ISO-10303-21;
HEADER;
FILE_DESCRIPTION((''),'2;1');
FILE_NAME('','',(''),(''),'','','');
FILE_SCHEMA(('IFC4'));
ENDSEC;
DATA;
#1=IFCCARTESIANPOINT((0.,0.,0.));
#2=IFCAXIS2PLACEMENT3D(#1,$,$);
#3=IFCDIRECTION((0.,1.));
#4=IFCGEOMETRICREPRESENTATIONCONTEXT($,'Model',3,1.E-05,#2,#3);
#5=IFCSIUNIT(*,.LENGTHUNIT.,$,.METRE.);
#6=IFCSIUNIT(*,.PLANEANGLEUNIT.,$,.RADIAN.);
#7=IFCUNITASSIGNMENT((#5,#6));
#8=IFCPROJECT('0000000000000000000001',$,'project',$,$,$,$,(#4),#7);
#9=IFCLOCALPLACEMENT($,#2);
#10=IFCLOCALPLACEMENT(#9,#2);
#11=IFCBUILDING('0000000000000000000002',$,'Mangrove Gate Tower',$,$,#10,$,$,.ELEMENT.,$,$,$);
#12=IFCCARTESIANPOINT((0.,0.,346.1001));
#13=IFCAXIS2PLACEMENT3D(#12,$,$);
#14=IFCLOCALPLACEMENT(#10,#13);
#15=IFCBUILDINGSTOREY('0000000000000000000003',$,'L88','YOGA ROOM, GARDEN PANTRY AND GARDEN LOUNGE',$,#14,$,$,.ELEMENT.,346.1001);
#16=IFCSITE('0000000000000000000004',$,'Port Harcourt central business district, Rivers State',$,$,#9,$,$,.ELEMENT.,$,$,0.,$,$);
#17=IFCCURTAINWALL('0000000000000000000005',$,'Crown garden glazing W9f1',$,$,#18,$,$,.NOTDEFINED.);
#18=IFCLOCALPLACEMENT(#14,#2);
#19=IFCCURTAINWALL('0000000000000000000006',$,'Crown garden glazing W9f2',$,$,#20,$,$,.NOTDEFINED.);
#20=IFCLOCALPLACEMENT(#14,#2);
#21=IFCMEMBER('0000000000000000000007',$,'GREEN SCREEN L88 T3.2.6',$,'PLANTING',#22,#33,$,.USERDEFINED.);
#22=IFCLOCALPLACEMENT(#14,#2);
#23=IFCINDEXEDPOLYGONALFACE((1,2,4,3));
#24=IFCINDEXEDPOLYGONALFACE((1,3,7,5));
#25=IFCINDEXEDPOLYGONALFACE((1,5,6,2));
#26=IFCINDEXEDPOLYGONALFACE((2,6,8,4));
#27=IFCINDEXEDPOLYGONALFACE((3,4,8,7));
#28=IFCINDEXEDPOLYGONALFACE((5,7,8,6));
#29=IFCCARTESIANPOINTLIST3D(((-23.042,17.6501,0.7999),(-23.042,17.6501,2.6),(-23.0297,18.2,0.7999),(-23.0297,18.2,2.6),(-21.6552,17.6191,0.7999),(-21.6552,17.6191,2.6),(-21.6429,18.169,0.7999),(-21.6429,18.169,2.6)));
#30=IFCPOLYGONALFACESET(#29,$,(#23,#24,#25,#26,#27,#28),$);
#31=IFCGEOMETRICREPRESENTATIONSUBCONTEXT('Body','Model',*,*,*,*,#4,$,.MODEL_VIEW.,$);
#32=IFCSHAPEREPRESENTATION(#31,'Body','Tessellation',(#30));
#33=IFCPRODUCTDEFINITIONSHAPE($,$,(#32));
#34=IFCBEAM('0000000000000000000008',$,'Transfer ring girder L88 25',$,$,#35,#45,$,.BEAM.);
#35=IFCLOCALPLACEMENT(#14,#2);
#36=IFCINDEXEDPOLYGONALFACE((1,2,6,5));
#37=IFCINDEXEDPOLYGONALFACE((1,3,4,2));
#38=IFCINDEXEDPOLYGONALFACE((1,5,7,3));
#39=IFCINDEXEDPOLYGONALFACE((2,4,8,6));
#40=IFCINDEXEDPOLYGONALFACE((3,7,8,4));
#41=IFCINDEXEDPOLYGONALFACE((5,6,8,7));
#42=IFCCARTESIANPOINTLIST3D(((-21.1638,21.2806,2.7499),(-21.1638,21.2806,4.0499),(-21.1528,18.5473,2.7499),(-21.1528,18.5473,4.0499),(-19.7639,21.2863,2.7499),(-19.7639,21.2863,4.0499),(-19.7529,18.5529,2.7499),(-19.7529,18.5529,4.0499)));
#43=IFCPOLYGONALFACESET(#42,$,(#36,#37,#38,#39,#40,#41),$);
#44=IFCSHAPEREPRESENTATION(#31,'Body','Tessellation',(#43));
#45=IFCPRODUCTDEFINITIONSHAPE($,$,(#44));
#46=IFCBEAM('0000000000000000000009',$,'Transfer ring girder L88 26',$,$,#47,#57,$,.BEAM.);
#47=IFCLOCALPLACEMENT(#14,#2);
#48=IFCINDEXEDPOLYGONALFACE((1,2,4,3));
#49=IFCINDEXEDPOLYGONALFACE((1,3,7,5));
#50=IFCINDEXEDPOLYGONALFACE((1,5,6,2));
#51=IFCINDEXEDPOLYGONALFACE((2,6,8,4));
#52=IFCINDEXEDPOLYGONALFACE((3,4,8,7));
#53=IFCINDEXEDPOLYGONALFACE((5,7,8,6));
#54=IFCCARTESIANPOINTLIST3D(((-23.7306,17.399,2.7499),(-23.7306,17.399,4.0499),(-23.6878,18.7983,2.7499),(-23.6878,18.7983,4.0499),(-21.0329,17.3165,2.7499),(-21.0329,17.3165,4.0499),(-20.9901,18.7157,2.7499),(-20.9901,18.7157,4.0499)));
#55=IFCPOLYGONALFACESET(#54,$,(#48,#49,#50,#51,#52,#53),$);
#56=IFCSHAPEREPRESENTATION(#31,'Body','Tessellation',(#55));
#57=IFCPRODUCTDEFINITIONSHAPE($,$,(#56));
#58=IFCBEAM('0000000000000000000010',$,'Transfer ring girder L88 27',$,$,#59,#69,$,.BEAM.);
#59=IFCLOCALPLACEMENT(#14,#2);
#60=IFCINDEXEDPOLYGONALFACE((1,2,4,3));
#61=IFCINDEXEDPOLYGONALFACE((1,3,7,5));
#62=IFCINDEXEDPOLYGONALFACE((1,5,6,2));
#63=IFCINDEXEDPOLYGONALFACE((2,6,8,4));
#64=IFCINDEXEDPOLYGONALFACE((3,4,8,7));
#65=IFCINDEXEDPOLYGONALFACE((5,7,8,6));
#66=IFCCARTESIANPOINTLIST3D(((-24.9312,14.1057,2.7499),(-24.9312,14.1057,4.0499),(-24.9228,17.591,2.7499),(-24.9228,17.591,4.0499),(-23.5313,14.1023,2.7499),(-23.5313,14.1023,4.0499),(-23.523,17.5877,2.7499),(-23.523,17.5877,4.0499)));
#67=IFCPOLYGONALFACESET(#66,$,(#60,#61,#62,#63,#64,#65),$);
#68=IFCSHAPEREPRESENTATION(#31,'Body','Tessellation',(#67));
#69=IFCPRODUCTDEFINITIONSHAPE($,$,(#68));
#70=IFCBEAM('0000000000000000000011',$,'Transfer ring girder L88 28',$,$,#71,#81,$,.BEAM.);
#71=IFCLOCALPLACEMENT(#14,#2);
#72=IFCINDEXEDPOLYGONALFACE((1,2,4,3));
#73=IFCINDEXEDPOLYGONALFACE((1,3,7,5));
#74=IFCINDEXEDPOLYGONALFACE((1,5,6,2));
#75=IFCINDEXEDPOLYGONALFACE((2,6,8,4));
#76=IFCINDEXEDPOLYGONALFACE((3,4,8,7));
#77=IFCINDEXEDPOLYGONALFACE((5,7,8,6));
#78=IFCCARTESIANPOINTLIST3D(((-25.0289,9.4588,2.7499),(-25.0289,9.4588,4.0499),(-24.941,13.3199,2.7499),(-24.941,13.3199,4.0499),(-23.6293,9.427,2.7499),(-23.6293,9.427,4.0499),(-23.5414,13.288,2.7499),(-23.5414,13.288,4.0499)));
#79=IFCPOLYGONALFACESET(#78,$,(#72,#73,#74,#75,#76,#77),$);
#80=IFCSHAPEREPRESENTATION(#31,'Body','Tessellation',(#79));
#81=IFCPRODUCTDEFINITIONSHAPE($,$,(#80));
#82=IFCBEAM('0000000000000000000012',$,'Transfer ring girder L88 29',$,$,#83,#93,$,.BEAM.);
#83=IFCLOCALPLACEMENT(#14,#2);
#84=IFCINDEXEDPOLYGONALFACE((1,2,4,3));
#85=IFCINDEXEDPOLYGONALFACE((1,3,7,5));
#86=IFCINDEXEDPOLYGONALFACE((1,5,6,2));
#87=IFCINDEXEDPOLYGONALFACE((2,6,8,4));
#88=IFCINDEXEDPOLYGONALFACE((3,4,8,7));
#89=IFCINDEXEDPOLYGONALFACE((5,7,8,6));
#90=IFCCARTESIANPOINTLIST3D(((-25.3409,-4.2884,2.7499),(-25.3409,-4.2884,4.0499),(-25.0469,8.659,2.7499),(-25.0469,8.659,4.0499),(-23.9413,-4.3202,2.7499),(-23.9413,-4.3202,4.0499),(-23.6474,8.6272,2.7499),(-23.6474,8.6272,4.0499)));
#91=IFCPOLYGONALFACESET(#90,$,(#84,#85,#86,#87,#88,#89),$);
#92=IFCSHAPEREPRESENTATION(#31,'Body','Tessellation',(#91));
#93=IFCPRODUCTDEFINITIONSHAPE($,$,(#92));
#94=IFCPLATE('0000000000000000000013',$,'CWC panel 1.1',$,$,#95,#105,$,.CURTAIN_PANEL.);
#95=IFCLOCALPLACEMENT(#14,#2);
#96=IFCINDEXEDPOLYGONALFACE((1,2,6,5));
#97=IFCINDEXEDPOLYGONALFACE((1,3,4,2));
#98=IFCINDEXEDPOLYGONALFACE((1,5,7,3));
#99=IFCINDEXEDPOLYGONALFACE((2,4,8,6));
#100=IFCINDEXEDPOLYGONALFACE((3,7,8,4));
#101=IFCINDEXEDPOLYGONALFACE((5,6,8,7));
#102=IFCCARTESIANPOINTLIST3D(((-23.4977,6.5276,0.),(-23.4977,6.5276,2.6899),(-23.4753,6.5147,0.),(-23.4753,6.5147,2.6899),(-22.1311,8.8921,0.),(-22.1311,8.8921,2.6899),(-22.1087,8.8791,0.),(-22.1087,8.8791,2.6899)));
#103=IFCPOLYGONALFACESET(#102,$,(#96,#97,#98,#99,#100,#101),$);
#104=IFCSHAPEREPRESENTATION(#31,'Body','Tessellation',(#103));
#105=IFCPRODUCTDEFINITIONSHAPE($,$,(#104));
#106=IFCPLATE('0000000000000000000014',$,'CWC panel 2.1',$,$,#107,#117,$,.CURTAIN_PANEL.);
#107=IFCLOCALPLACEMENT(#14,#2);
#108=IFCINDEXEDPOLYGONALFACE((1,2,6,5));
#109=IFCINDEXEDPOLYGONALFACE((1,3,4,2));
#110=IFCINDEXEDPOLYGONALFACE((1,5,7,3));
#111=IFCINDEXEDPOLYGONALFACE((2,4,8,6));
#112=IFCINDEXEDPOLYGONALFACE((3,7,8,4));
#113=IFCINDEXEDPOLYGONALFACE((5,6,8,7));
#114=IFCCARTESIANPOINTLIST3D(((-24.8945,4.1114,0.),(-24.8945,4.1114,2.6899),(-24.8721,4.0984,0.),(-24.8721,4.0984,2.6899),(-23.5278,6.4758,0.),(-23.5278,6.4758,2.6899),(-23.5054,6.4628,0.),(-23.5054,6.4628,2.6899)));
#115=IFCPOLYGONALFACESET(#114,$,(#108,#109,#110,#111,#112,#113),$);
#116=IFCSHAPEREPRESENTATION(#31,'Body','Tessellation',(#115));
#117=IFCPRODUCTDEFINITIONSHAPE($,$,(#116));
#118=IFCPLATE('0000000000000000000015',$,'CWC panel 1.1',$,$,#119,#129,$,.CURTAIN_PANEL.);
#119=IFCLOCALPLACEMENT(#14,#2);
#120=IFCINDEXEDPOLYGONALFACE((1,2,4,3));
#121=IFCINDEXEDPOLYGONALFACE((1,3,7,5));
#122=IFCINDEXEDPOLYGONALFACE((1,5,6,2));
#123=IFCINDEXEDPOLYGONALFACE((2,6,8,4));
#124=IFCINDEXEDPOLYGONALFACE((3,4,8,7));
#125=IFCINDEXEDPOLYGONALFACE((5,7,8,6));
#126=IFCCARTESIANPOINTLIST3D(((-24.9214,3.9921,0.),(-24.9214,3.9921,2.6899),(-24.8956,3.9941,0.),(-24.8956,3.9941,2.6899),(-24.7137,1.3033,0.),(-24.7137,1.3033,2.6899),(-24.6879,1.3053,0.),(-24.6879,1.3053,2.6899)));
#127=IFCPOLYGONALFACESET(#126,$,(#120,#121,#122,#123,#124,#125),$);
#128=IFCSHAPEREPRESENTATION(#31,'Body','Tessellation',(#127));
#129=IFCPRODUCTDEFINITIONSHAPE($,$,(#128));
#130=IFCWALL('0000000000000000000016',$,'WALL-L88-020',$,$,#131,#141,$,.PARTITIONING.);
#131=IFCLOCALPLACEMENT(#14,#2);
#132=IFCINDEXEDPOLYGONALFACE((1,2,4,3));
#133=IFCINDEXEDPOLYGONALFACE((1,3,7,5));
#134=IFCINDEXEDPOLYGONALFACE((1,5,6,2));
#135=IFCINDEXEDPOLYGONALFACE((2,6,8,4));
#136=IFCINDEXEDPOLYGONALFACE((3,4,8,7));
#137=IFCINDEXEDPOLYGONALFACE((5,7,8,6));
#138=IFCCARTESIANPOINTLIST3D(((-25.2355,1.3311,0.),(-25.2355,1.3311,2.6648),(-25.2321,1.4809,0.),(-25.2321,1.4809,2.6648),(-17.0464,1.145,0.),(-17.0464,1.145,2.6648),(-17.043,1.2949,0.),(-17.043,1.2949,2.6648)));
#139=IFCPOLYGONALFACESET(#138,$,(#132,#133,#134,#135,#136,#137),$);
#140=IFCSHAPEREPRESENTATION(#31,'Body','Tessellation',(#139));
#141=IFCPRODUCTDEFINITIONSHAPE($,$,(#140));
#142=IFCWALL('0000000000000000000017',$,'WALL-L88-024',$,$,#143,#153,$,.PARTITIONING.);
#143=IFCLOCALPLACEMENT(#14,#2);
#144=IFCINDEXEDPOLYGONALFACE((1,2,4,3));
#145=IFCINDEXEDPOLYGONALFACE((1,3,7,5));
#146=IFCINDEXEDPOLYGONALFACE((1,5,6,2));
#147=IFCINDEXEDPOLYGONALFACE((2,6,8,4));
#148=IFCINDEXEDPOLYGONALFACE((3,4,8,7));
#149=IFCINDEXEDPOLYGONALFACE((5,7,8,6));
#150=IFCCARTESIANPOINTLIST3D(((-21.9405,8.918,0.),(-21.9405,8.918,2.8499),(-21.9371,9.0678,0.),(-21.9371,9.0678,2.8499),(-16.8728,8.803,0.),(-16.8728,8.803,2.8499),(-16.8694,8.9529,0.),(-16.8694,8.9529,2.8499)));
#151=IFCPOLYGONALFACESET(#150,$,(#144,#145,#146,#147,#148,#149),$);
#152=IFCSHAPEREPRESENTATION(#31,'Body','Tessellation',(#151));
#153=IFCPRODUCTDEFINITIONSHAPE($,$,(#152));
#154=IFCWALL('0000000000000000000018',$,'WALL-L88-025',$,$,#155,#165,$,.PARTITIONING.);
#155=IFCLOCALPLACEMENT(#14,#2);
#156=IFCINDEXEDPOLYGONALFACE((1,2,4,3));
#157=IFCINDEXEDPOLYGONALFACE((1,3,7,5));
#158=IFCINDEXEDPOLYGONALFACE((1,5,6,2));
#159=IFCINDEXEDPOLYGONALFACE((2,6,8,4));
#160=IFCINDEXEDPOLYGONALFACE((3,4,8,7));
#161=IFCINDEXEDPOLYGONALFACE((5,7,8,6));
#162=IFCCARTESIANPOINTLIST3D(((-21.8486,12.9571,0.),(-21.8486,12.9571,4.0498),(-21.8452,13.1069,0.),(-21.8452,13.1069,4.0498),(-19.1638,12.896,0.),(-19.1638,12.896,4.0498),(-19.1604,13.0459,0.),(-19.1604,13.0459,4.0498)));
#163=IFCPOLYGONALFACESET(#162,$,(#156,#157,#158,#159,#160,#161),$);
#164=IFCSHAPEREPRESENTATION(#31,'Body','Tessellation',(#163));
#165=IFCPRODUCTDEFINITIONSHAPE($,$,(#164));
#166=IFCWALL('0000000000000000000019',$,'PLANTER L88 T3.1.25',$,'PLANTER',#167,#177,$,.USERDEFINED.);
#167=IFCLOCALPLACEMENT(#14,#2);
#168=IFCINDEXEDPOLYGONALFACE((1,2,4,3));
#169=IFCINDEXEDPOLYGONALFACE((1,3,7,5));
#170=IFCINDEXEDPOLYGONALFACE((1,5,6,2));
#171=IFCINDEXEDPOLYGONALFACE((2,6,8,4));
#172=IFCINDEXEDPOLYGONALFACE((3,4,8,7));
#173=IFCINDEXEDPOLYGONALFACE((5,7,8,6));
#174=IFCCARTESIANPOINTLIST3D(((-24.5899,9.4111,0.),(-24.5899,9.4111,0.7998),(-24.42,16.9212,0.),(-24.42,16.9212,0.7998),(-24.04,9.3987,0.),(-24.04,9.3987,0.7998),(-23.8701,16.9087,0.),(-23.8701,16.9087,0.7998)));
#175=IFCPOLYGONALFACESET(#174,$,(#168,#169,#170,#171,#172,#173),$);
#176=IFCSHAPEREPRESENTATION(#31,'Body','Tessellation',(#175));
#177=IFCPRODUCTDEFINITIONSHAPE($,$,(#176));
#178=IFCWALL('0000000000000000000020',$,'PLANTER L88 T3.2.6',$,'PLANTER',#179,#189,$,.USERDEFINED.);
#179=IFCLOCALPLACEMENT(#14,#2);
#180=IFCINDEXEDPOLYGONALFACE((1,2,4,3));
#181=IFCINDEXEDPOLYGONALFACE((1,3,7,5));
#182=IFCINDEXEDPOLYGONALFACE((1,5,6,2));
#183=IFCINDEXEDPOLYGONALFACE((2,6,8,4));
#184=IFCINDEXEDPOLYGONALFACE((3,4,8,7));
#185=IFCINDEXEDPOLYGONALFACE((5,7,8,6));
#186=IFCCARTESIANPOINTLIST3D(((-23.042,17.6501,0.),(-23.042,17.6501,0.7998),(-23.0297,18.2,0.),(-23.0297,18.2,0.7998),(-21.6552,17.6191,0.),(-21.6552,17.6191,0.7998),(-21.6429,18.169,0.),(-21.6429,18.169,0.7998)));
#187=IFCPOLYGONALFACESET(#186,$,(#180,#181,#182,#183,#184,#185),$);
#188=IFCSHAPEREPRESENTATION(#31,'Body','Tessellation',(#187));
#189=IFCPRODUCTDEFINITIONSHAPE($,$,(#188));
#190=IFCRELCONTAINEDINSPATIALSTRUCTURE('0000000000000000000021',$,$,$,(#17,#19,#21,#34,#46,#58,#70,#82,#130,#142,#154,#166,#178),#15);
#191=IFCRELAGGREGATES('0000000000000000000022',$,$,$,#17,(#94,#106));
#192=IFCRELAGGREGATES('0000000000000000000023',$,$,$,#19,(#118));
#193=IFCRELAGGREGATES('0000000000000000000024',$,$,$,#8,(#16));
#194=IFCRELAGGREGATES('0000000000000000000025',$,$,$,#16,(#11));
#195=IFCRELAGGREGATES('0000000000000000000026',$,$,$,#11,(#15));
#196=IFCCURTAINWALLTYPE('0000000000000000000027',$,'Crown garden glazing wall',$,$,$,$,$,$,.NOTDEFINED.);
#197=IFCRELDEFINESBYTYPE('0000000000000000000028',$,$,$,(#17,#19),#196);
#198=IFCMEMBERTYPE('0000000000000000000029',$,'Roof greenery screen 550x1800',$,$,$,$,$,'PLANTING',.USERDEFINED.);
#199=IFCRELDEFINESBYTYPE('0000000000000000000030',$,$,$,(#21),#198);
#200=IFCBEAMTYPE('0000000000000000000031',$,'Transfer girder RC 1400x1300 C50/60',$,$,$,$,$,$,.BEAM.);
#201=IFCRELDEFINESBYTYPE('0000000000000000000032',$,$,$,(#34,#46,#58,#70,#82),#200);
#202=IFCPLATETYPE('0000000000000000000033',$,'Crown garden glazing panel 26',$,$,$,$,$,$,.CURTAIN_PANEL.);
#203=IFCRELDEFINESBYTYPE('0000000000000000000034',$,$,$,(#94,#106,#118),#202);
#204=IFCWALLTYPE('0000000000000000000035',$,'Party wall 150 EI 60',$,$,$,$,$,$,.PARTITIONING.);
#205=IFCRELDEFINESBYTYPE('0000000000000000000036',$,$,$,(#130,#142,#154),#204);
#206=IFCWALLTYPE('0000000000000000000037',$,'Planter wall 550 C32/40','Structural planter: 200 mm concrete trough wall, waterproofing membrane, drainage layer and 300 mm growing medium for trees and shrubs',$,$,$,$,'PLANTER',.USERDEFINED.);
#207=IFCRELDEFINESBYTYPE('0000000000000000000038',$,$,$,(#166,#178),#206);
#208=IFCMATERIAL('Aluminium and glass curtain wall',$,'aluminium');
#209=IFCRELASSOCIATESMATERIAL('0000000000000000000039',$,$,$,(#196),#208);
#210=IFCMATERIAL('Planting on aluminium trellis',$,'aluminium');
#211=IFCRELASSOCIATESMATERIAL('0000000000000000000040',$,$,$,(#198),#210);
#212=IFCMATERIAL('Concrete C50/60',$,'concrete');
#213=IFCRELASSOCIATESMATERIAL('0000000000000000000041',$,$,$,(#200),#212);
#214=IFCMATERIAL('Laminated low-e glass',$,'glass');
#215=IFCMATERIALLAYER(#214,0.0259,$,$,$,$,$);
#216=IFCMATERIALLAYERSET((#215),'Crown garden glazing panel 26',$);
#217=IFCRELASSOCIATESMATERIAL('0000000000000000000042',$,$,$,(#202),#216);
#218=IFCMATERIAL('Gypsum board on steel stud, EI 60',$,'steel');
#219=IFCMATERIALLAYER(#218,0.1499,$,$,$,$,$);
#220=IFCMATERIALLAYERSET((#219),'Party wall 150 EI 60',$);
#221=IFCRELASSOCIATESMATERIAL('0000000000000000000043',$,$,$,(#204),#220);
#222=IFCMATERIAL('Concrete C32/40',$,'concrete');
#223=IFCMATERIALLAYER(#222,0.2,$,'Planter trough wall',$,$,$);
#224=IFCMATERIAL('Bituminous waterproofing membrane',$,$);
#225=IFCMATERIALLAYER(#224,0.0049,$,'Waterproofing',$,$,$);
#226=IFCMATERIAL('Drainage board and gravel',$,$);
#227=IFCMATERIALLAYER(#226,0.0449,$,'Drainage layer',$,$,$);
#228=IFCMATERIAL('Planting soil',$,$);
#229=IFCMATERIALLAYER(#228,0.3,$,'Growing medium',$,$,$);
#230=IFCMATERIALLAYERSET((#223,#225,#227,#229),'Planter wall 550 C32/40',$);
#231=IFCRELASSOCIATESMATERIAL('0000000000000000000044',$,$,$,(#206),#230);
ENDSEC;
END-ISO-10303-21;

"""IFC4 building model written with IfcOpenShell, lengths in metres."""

from ifc_helpers import new_model, si_unit, direction, frame, frame_2d, origin, origin_2d, place, context, subcontext, project, spatial, rectangle, extrude, material, layer, layer_set, material_profile, profile_set, type_object, element, aggregate, save


model = new_model("IFC4")

# Units and contexts
model_context = context("Model", 3, precision=1e-05, world=origin(), true_north=direction((0.0, 1.0)))
body_context = subcontext(model_context, "Body", "Model", "MODEL_VIEW")
ifc_project = project(units=[si_unit("LENGTHUNIT", "METRE"), si_unit("PLANEANGLEUNIT", "RADIAN")], contexts=[model_context])

# Site, building, storey
site_placement = place(None, origin())
site = spatial("IfcSite", under=ifc_project, at=site_placement, Name="Port Harcourt central business district, Rivers State", CompositionType="ELEMENT", RefElevation=0.0)
building_placement = place(site_placement, origin())
building = spatial("IfcBuilding", under=site, at=building_placement, Name="Mangrove Gate Tower", CompositionType="ELEMENT")
storey_placement = place(building_placement, frame((0.0, 0.0, 346.1001)))
storey = spatial("IfcBuildingStorey", under=building, at=storey_placement, Name="L88", Description="YOGA ROOM, GARDEN PANTRY AND GARDEN LOUNGE", CompositionType="ELEMENT", Elevation=346.1001)

# Curtain walls
ifc_material_1 = material(Name="Aluminium and glass curtain wall", Category="aluminium")
curtain_wall_type = type_object("IfcCurtainWallType", Name="Crown garden glazing wall", PredefinedType="NOTDEFINED", material=ifc_material_1)
curtain_wall_1_placement = place(storey_placement, origin())
curtain_wall_1 = element("IfcCurtainWall", 1, at=curtain_wall_1_placement, inside=storey, type_object=curtain_wall_type, Name="Crown garden glazing W9f1", PredefinedType="NOTDEFINED")
curtain_wall_2_placement = place(storey_placement, origin())
curtain_wall_2 = element("IfcCurtainWall", 2, at=curtain_wall_2_placement, inside=storey, type_object=curtain_wall_type, Name="Crown garden glazing W9f2", PredefinedType="NOTDEFINED")

# Member
ifc_material_2 = material(Name="Planting on aluminium trellis", Category="aluminium")
ifc_material_profile_1 = material_profile(ifc_material_2, rectangle(XDim=0.55, YDim=1.8, at=origin_2d()))
ifc_profile_set_1 = profile_set([ifc_material_profile_1], Name="Planting on aluminium trellis")
member_type_1 = type_object("IfcMemberType", Name="Roof greenery screen 550x1800", ElementType="PLANTING", PredefinedType="USERDEFINED", material=ifc_profile_set_1)
member_1_placement = place(storey_placement, frame((-23.0359, 17.925, 1.7), z_axis=(0.99975, -0.02235, 0.0), x_axis=(0.02235, 0.99975, 0.0)))
element("IfcMember", 3, at=member_1_placement, inside=storey, type_object=member_type_1, Name="GREEN SCREEN L88 T3.2.6", ObjectType="PLANTING", PredefinedType="USERDEFINED", context=body_context, shape_type="SweptSolid", body=[
    extrude(rectangle(XDim=0.55, YDim=1.8, at=origin_2d()), origin(), (0.0, 0.0, 1.0), 1.3872),
])

# Beams
ifc_material_3 = material(Name="Concrete C50/60", Category="concrete")
ifc_material_profile_2 = material_profile(ifc_material_3, rectangle(XDim=1.3999, YDim=1.3, at=origin_2d()))
ifc_profile_set_2 = profile_set([ifc_material_profile_2], Name="Concrete C50/60")
beam_type = type_object("IfcBeamType", Name="Transfer girder RC 1400x1300 C50/60", PredefinedType="BEAM", material=ifc_profile_set_2)
beam_1_placement = place(storey_placement, frame((-20.4639, 21.2834, 3.3999), z_axis=(0.004019, -0.999992, 0.0), x_axis=(0.999992, 0.004019, 0.0)))
element("IfcBeam", 4, at=beam_1_placement, inside=storey, type_object=beam_type, Name="Transfer ring girder L88 25", PredefinedType="BEAM", context=body_context, shape_type="SweptSolid", body=[
    extrude(rectangle(XDim=1.3999, YDim=1.3, at=origin_2d()), origin(), (0.0, 0.0, 1.0), 2.7334),
])
beam_2_placement = place(storey_placement, frame((-21.0115, 18.0161, 3.3999), z_axis=(-0.999533, 0.030574, 0.0), x_axis=(-0.030574, -0.999533, 0.0)))
element("IfcBeam", 5, at=beam_2_placement, inside=storey, type_object=beam_type, Name="Transfer ring girder L88 26", PredefinedType="BEAM", context=body_context, shape_type="SweptSolid", body=[
    extrude(rectangle(XDim=1.3999, YDim=1.3, at=origin_2d()), origin(), (0.0, 0.0, 1.0), 2.699),
])
beam_3_placement = place(storey_placement, frame((-24.2229, 17.5894, 3.3999), z_axis=(-0.002382, -0.999997, 0.0), x_axis=(0.999997, -0.002382, 0.0)))
element("IfcBeam", 6, at=beam_3_placement, inside=storey, type_object=beam_type, Name="Transfer ring girder L88 27", PredefinedType="BEAM", context=body_context, shape_type="SweptSolid", body=[
    extrude(rectangle(XDim=1.3999, YDim=1.3, at=origin_2d()), origin(), (0.0, 0.0, 1.0), 3.4854),
])
beam_4_placement = place(storey_placement, frame((-24.2412, 13.304, 3.3999), z_axis=(-0.022757, -0.999741, 0.0), x_axis=(0.999741, -0.022757, 0.0)))
element("IfcBeam", 7, at=beam_4_placement, inside=storey, type_object=beam_type, Name="Transfer ring girder L88 28", PredefinedType="BEAM", context=body_context, shape_type="SweptSolid", body=[
    extrude(rectangle(XDim=1.3999, YDim=1.3, at=origin_2d()), origin(), (0.0, 0.0, 1.0), 3.8621),
])
beam_5_placement = place(storey_placement, frame((-24.3472, 8.6431, 3.3999), z_axis=(-0.022697, -0.999742, 0.0), x_axis=(0.999742, -0.022697, 0.0)))
element("IfcBeam", 8, at=beam_5_placement, inside=storey, type_object=beam_type, Name="Transfer ring girder L88 29", PredefinedType="BEAM", context=body_context, shape_type="SweptSolid", body=[
    extrude(rectangle(XDim=1.3999, YDim=1.3, at=origin_2d()), origin(), (0.0, 0.0, 1.0), 12.9507),
])

# Plates
ifc_material_4 = material(Name="Laminated low-e glass", Category="glass")
ifc_layer_1 = layer(ifc_material_4, 0.0259)
ifc_layer_set_1 = layer_set([ifc_layer_1], Name="Crown garden glazing panel 26")
plate_type = type_object("IfcPlateType", Name="Crown garden glazing panel 26", PredefinedType="CURTAIN_PANEL", material=ifc_layer_set_1)
plate_1_placement = place(storey_placement, frame((-22.8032, 7.7034, 0.0), z_axis=(0.0, 0.0, 1.0), x_axis=(-0.500418, -0.865784, 0.0)))
plate_1 = element("IfcPlate", 9, at=plate_1_placement, type_object=plate_type, Name="CWC panel 1.1", PredefinedType="CURTAIN_PANEL", context=body_context, shape_type="SweptSolid", body=[
    extrude(rectangle(XDim=2.731, YDim=0.0259, at=origin_2d()), origin(), (0.0, 0.0, 1.0), 2.6899),
])
plate_2_placement = place(storey_placement, frame((-24.2, 5.2871, 0.0), z_axis=(0.0, 0.0, 1.0), x_axis=(-0.500418, -0.865784, 0.0)))
plate_2 = element("IfcPlate", 10, at=plate_2_placement, type_object=plate_type, Name="CWC panel 2.1", PredefinedType="CURTAIN_PANEL", context=body_context, shape_type="SweptSolid", body=[
    extrude(rectangle(XDim=2.731, YDim=0.0259, at=origin_2d()), origin(), (0.0, 0.0, 1.0), 2.6899),
])
aggregate(curtain_wall_1, [plate_1, plate_2])
plate_3_placement = place(storey_placement, frame((-24.8047, 2.6487, 0.0), z_axis=(0.0, 0.0, 1.0), x_axis=(0.077023, -0.997029, 0.0)))
plate_3 = element("IfcPlate", 11, at=plate_3_placement, type_object=plate_type, Name="CWC panel 1.1", PredefinedType="CURTAIN_PANEL", context=body_context, shape_type="SweptSolid", body=[
    extrude(rectangle(XDim=2.6968, YDim=0.0259, at=origin_2d()), origin(), (0.0, 0.0, 1.0), 2.6899),
])
aggregate(curtain_wall_2, [plate_3])

# Walls
ifc_material_5 = material(Name="Gypsum board on steel stud, EI 60", Category="steel")
ifc_layer_2 = layer(ifc_material_5, 0.1499)
ifc_layer_set_2 = layer_set([ifc_layer_2], Name="Party wall 150 EI 60")
wall_type_1 = type_object("IfcWallType", Name="Party wall 150 EI 60", PredefinedType="PARTITIONING", material=ifc_layer_set_2)
wall_1_placement = place(storey_placement, frame((-25.2339, 1.406, 0.0), z_axis=(0.0, 0.0, 1.0), x_axis=(0.999742, -0.022712, 0.0)))
element("IfcWall", 12, at=wall_1_placement, inside=storey, type_object=wall_type_1, Name="WALL-L88-020", PredefinedType="PARTITIONING", context=body_context, shape_type="SweptSolid", body=[
    extrude(rectangle(XDim=8.1912, YDim=0.1499, at=frame_2d((4.0957, 0.0))), origin(), (0.0, 0.0, 1.0), 2.6648),
])
wall_2_placement = place(storey_placement, frame((-21.939, 8.9929, 0.0), z_axis=(0.0, 0.0, 1.0), x_axis=(0.999743, -0.022684, 0.0)))
element("IfcWall", 13, at=wall_2_placement, inside=storey, type_object=wall_type_1, Name="WALL-L88-024", PredefinedType="PARTITIONING", context=body_context, shape_type="SweptSolid", body=[
    extrude(rectangle(XDim=5.0691, YDim=0.1499, at=frame_2d((2.5347, 0.0))), origin(), (0.0, 0.0, 1.0), 2.8499),
])
wall_3_placement = place(storey_placement, frame((-21.8469, 13.032, 0.0), z_axis=(0.0, 0.0, 1.0), x_axis=(0.999742, -0.022728, 0.0)))
element("IfcWall", 14, at=wall_3_placement, inside=storey, type_object=wall_type_1, Name="WALL-L88-025", PredefinedType="PARTITIONING", context=body_context, shape_type="SweptSolid", body=[
    extrude(rectangle(XDim=2.6855, YDim=0.1499, at=frame_2d((1.3428, 0.0))), origin(), (0.0, 0.0, 1.0), 4.0498),
])
ifc_material_6 = material(Name="Concrete C32/40", Category="concrete")
ifc_layer_3 = layer(ifc_material_6, 0.2, Name="Planter trough wall")
ifc_material_7 = material(Name="Bituminous waterproofing membrane")
ifc_layer_4 = layer(ifc_material_7, 0.0049, Name="Waterproofing")
ifc_material_8 = material(Name="Drainage board and gravel")
ifc_layer_5 = layer(ifc_material_8, 0.0449, Name="Drainage layer")
ifc_material_9 = material(Name="Planting soil")
ifc_layer_6 = layer(ifc_material_9, 0.3, Name="Growing medium")
ifc_layer_set_3 = layer_set([ifc_layer_3, ifc_layer_4, ifc_layer_5, ifc_layer_6], Name="Planter wall 550 C32/40")
wall_type_2 = type_object("IfcWallType", Name="Planter wall 550 C32/40", Description="Structural planter: 200 mm concrete trough wall, waterproofing membrane, drainage layer and 300 mm growing medium for trees and shrubs", ElementType="PLANTER", PredefinedType="USERDEFINED", material=ifc_layer_set_3)
wall_4_placement = place(storey_placement, frame((-24.3149, 9.405, 0.0), z_axis=(0.0, 0.0, 1.0), x_axis=(0.02262, 0.999744, 0.0)))
element("IfcWall", 15, at=wall_4_placement, inside=storey, type_object=wall_type_2, Name="PLANTER L88 T3.1.25", ObjectType="PLANTER", PredefinedType="USERDEFINED", context=body_context, shape_type="SweptSolid", body=[
    extrude(rectangle(XDim=7.512, YDim=0.55, at=frame_2d((3.7559, 0.0))), origin(), (0.0, 0.0, 1.0), 0.7998),
])
wall_5_placement = place(storey_placement, frame((-23.0359, 17.925, 0.0), z_axis=(0.0, 0.0, 1.0), x_axis=(0.99975, -0.02235, 0.0)))
element("IfcWall", 16, at=wall_5_placement, inside=storey, type_object=wall_type_2, Name="PLANTER L88 T3.2.6", ObjectType="PLANTER", PredefinedType="USERDEFINED", context=body_context, shape_type="SweptSolid", body=[
    extrude(rectangle(XDim=1.3872, YDim=0.55, at=frame_2d((0.6936, 0.0))), origin(), (0.0, 0.0, 1.0), 0.7998),
])

save(model, "model.ifc")
